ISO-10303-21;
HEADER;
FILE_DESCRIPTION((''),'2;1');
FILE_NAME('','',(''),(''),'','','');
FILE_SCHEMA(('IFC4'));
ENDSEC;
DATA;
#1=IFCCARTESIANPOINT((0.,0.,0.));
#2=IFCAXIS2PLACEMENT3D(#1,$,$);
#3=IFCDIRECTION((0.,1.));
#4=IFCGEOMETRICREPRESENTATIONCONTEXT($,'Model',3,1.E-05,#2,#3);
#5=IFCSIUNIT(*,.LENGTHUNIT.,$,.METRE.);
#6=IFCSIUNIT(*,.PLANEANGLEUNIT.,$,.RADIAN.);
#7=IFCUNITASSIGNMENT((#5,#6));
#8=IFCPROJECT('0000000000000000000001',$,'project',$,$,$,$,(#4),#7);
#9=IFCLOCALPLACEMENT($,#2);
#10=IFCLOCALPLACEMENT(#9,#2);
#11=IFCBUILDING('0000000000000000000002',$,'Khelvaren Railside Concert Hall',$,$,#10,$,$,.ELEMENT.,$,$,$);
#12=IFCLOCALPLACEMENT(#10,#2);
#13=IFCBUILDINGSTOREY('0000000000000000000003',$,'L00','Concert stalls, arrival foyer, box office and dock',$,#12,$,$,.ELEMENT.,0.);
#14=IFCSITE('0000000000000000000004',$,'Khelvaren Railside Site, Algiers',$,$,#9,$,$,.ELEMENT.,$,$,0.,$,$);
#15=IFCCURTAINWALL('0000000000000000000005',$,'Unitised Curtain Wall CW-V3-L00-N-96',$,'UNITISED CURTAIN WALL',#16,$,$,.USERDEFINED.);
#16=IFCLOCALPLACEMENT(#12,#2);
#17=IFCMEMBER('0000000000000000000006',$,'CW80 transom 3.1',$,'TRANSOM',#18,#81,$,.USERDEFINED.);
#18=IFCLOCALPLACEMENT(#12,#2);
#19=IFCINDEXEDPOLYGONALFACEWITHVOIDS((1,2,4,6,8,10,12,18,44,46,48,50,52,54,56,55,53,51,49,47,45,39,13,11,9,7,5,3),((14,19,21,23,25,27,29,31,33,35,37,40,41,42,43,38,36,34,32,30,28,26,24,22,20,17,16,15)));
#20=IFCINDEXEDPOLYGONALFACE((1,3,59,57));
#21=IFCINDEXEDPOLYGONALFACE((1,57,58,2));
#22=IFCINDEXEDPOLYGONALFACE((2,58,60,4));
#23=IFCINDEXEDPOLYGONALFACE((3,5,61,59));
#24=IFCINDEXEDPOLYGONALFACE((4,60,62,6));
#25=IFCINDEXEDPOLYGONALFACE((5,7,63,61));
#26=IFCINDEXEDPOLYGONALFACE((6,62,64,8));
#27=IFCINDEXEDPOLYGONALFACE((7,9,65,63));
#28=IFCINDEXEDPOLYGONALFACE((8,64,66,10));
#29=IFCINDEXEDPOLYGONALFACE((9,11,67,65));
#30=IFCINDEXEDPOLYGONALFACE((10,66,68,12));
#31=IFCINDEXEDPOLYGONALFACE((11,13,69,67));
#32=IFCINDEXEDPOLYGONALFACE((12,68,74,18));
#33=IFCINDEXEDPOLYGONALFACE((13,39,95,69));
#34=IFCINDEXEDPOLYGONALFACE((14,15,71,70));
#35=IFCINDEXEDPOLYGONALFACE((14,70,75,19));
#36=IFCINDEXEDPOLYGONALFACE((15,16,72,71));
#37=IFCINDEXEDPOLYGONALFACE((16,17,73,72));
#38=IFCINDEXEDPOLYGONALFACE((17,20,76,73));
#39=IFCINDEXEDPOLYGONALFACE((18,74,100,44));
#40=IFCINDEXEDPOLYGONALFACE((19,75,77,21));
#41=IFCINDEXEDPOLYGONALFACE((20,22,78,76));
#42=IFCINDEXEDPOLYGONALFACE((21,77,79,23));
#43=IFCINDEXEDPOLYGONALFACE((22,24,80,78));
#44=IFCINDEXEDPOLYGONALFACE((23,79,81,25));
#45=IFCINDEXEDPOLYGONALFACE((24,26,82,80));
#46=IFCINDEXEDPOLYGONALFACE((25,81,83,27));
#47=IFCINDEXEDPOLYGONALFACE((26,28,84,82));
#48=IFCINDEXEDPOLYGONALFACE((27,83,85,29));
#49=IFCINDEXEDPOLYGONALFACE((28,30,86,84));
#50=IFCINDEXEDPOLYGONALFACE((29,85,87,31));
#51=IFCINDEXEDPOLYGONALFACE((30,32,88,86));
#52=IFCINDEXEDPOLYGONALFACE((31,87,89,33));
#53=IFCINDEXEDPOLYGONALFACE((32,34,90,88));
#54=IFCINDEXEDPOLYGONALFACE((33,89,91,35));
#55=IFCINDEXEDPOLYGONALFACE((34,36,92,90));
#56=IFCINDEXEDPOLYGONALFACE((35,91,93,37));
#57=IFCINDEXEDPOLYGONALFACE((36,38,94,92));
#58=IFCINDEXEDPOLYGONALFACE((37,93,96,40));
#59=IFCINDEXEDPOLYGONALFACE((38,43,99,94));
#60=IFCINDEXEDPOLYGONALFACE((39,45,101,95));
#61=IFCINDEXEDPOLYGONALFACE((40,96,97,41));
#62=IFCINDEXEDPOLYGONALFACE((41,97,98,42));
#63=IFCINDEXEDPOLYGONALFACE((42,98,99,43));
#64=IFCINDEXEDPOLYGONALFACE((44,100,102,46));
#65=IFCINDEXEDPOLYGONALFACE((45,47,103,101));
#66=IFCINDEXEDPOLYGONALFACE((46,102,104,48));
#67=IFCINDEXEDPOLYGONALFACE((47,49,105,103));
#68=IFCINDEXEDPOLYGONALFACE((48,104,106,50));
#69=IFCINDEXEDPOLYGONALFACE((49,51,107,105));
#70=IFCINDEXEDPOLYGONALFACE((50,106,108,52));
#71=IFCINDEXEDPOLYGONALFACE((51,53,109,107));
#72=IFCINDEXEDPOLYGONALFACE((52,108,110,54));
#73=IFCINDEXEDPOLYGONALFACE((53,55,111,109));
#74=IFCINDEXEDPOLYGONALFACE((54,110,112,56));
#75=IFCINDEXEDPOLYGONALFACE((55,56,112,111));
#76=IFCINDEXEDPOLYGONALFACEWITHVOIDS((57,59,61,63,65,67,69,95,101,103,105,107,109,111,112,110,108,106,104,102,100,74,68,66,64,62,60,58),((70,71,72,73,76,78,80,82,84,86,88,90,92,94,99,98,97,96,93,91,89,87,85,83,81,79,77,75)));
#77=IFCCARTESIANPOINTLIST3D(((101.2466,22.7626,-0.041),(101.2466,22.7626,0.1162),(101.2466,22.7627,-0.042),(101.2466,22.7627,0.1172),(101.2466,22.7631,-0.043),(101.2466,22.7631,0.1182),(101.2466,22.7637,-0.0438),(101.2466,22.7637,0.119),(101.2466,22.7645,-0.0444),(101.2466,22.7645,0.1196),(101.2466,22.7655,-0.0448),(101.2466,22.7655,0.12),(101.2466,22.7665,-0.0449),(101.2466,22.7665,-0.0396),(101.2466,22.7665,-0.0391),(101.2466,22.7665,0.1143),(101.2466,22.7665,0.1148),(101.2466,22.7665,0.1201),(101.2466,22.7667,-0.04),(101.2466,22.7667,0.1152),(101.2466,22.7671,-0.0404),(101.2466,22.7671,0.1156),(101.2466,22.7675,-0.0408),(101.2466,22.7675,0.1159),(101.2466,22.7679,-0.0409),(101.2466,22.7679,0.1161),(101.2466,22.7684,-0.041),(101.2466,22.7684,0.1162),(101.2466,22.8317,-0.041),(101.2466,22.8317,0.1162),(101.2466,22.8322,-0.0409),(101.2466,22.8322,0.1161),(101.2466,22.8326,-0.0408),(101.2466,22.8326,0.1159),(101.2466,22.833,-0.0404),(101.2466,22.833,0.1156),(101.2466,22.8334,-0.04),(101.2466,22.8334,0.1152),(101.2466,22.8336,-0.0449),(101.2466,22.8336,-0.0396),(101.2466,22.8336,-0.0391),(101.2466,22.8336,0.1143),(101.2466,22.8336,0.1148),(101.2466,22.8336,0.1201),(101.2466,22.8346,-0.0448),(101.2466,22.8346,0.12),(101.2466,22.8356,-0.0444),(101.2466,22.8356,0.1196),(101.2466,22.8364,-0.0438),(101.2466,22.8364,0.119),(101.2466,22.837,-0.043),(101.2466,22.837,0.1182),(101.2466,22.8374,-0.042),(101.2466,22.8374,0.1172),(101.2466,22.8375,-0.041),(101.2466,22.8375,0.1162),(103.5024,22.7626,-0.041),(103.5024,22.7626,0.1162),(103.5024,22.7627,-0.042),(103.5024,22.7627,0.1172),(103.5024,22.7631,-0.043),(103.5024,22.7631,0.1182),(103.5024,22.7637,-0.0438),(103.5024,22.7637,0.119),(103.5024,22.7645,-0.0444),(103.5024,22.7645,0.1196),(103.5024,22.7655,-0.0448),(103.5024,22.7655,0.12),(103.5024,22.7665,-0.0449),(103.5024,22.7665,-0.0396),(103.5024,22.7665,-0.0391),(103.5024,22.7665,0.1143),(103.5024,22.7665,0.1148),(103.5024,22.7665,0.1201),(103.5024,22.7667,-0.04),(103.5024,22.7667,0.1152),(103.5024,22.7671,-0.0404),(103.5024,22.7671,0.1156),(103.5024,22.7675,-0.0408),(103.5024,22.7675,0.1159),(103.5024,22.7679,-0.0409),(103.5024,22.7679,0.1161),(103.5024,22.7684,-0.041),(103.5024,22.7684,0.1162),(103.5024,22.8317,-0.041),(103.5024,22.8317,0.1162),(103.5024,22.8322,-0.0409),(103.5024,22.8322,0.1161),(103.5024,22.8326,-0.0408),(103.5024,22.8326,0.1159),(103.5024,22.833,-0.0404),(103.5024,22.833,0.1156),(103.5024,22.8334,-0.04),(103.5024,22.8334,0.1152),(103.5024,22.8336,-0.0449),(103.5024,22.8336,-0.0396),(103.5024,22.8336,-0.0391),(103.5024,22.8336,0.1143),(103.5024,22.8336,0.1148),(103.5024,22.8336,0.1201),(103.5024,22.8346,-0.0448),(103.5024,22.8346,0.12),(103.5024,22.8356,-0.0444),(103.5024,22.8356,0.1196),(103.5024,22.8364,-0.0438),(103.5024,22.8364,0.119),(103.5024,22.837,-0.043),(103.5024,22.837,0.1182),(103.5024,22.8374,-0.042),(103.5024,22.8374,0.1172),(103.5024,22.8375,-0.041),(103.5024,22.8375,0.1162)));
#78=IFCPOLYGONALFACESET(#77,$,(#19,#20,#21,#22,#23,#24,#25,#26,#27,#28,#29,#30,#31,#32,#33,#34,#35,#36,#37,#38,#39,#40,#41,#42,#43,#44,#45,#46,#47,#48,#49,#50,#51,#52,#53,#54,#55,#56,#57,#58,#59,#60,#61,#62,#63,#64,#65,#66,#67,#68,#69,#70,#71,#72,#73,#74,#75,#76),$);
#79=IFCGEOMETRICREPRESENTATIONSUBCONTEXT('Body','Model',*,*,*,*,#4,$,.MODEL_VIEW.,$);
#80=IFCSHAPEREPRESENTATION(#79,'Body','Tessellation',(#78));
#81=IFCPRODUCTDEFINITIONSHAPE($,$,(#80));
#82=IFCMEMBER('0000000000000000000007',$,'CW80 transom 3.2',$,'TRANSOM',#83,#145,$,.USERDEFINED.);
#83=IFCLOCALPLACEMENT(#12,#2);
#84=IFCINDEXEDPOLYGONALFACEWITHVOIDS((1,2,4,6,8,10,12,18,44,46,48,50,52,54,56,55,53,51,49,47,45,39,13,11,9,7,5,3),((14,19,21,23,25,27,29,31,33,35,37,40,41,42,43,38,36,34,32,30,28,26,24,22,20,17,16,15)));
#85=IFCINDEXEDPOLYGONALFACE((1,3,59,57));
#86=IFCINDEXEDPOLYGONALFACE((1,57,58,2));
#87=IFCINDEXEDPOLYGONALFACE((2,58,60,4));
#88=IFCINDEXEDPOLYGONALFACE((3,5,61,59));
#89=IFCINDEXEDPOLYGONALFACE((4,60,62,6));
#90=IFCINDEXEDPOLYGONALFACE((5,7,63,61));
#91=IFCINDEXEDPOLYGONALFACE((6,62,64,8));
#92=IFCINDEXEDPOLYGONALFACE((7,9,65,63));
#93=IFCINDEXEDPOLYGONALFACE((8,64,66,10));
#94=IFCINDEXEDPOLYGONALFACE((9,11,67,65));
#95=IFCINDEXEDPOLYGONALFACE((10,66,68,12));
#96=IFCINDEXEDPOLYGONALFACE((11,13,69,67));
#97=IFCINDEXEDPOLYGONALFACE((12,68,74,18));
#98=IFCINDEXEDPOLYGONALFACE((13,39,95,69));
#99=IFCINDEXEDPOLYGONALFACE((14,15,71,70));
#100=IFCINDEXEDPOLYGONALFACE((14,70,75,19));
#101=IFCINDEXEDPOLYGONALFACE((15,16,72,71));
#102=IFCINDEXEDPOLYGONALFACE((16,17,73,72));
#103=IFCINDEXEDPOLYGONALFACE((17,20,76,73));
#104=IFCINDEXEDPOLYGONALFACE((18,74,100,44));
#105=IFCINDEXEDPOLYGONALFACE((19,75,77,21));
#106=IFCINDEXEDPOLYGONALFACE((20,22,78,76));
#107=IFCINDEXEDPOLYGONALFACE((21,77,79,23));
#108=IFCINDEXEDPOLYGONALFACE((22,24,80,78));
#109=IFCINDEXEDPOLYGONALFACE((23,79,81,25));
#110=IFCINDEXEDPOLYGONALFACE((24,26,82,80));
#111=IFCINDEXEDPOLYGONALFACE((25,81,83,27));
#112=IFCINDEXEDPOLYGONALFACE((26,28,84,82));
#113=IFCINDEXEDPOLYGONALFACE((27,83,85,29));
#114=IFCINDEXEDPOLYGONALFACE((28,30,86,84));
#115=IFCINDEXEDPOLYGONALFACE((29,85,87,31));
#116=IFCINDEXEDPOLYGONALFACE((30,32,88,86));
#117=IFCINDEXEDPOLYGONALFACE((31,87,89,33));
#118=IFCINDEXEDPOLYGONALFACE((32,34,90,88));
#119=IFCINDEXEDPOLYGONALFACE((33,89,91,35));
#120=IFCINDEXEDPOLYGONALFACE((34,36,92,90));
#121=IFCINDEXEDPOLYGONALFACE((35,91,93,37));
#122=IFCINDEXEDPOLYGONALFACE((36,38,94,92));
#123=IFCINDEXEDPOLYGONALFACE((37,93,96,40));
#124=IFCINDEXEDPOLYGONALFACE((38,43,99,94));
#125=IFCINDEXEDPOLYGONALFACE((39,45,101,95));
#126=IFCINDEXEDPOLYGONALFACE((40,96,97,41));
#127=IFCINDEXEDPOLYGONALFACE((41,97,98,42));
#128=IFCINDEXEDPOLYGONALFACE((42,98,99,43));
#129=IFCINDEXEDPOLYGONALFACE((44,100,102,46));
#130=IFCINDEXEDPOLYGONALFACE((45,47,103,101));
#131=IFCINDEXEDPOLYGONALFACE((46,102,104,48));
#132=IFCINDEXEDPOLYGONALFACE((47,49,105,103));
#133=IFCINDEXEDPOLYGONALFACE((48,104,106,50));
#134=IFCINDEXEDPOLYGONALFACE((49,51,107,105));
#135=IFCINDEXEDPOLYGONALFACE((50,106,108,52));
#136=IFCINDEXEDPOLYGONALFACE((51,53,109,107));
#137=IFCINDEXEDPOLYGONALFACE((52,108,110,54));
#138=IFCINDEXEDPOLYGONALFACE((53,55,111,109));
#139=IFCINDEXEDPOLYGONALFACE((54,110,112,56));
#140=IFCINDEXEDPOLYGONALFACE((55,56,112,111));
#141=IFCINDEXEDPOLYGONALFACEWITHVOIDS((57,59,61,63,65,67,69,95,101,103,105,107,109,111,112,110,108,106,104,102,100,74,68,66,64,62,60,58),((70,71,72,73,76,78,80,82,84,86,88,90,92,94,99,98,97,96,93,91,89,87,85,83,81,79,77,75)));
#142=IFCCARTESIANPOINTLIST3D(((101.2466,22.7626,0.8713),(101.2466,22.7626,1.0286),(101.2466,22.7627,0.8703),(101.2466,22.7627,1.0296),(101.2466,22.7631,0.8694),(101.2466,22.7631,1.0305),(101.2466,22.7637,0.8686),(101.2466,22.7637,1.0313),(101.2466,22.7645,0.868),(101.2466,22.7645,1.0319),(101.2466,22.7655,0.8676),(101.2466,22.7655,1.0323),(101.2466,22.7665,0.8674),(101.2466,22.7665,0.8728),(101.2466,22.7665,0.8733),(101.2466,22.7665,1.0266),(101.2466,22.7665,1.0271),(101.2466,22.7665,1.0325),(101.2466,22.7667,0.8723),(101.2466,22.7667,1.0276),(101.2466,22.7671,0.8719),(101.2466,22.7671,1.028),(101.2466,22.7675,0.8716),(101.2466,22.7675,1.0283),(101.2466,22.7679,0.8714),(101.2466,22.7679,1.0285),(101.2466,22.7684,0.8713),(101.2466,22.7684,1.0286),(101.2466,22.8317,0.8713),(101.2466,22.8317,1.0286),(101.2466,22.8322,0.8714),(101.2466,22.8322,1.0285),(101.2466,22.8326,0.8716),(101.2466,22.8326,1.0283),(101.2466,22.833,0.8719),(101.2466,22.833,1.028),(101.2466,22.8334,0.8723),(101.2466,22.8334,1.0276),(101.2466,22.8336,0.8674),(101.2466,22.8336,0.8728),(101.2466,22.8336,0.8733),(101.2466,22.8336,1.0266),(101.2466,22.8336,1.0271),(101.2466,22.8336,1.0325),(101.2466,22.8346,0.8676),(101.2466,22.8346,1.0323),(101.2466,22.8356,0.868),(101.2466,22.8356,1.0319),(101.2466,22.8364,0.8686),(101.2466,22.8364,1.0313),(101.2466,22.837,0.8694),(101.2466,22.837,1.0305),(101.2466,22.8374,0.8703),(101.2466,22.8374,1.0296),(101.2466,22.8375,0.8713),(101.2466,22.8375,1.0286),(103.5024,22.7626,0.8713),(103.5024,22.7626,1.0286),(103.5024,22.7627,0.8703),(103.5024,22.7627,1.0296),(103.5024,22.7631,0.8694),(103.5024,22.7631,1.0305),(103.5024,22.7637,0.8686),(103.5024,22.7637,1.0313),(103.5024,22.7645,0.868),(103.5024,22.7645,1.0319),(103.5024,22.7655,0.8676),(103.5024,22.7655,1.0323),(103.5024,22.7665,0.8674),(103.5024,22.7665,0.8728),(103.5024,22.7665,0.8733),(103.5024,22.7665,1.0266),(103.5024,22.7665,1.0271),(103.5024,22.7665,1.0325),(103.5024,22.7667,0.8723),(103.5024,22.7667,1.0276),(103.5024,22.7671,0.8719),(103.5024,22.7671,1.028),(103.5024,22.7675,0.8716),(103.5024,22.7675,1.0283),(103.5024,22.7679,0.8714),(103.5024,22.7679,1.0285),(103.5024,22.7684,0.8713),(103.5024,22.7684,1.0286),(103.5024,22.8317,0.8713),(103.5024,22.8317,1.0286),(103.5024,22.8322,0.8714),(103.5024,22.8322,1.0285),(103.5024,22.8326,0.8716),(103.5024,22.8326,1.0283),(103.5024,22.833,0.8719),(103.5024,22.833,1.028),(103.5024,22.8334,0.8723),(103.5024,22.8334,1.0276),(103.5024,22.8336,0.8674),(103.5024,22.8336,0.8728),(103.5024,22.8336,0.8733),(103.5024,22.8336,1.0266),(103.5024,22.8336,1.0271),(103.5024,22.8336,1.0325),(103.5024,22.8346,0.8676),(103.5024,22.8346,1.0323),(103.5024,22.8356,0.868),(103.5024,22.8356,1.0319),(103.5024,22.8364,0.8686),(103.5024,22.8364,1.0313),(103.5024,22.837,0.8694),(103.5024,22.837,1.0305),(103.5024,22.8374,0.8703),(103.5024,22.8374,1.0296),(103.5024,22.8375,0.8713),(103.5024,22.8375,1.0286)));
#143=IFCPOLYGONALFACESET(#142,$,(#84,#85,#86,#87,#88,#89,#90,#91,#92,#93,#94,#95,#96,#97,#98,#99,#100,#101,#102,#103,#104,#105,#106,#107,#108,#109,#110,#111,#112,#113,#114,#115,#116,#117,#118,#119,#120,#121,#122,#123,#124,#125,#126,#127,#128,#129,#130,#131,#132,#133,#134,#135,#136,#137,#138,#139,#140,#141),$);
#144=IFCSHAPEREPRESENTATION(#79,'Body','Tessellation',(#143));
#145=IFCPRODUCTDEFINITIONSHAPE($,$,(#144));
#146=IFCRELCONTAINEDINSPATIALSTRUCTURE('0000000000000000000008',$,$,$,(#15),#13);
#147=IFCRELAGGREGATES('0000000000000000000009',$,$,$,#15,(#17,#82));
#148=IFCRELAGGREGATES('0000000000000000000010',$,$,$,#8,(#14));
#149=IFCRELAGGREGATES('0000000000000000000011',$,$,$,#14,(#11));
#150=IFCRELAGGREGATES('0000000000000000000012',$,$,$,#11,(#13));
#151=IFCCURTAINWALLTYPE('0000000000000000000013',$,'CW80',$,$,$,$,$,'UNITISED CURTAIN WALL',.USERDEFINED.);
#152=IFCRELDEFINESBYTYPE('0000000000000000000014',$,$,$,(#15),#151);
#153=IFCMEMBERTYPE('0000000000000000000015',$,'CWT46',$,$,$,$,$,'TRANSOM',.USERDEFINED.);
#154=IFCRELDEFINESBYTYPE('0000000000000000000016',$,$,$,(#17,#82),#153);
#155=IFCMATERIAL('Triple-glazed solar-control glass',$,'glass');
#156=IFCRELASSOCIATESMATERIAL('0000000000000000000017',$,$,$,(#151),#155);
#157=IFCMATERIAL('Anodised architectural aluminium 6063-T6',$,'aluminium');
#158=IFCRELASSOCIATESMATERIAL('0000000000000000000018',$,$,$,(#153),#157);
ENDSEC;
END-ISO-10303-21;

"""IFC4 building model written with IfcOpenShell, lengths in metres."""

from ifc_helpers import new_model, si_unit, direction, frame, origin, origin_2d, place, context, subcontext, project, spatial, hollow_rectangle, extrude, material, material_profile, profile_set, type_object, element, aggregate, save


model = new_model("IFC4")

# Units and contexts
model_context = context("Model", 3, precision=1e-05, world=origin(), true_north=direction((0.0, 1.0)))
body_context = subcontext(model_context, "Body", "Model", "MODEL_VIEW")
ifc_project = project(units=[si_unit("LENGTHUNIT", "METRE"), si_unit("PLANEANGLEUNIT", "RADIAN")], contexts=[model_context])

# Site, building, storey
site_placement = place(None, origin())
site = spatial("IfcSite", under=ifc_project, at=site_placement, Name="Khelvaren Railside Site, Algiers", CompositionType="ELEMENT", RefElevation=0.0)
building_placement = place(site_placement, origin())
building = spatial("IfcBuilding", under=site, at=building_placement, Name="Khelvaren Railside Concert Hall", CompositionType="ELEMENT")
storey_placement = place(building_placement, origin())
storey = spatial("IfcBuildingStorey", under=building, at=storey_placement, Name="L00", Description="Concert stalls, arrival foyer, box office and dock", CompositionType="ELEMENT", Elevation=0.0)

# Shared definitions
ifc_material_1 = material(Name="Triple-glazed solar-control glass", Category="glass")
ifc_material_2 = material(Name="Anodised architectural aluminium 6063-T6", Category="aluminium")

# Curtain wall, members
curtain_wall_type_1 = type_object("IfcCurtainWallType", Name="CW80", ElementType="UNITISED CURTAIN WALL", PredefinedType="USERDEFINED", material=ifc_material_1)
curtain_wall_1_placement = place(storey_placement, origin())
curtain_wall_1 = element("IfcCurtainWall", 1, at=curtain_wall_1_placement, inside=storey, type_object=curtain_wall_type_1, Name="Unitised Curtain Wall CW-V3-L00-N-96", ObjectType="UNITISED CURTAIN WALL", PredefinedType="USERDEFINED")
ifc_material_profile_1 = material_profile(ifc_material_2, hollow_rectangle(XDim=0.075, YDim=0.165, WallThickness=0.0039, InnerFilletRadius=0.002, OuterFilletRadius=0.0039, at=origin_2d()), Name="CWT 75x165x4")
ifc_profile_set_1 = profile_set([ifc_material_profile_1], Name="Anodised architectural aluminium 6063-T6")
member_type_1 = type_object("IfcMemberType", Name="CWT46", ElementType="TRANSOM", PredefinedType="USERDEFINED", material=ifc_profile_set_1)
member_1_placement = place(storey_placement, frame((101.2466, 22.8, 0.0376), z_axis=(1.0, 0.0, 0.0), x_axis=(0.0, 1.0, 0.0)))
member_1 = element("IfcMember", 2, at=member_1_placement, type_object=member_type_1, Name="CW80 transom 3.1", ObjectType="TRANSOM", PredefinedType="USERDEFINED", context=body_context, shape_type="SweptSolid", body=[
    extrude(hollow_rectangle(XDim=0.075, YDim=0.165, WallThickness=0.0039, InnerFilletRadius=0.002, OuterFilletRadius=0.0039, at=origin_2d()), origin(), (0.0, 0.0, 1.0), 2.2559),
])
member_2_placement = place(storey_placement, frame((101.2466, 22.8, 0.95), z_axis=(1.0, 0.0, 0.0), x_axis=(0.0, 1.0, 0.0)))
member_2 = element("IfcMember", 3, at=member_2_placement, type_object=member_type_1, Name="CW80 transom 3.2", ObjectType="TRANSOM", PredefinedType="USERDEFINED", context=body_context, shape_type="SweptSolid", body=[
    extrude(hollow_rectangle(XDim=0.075, YDim=0.165, WallThickness=0.0039, InnerFilletRadius=0.002, OuterFilletRadius=0.0039, at=origin_2d()), origin(), (0.0, 0.0, 1.0), 2.2559),
])

aggregate(curtain_wall_1, [member_1, member_2])

save(model, "model.ifc")
